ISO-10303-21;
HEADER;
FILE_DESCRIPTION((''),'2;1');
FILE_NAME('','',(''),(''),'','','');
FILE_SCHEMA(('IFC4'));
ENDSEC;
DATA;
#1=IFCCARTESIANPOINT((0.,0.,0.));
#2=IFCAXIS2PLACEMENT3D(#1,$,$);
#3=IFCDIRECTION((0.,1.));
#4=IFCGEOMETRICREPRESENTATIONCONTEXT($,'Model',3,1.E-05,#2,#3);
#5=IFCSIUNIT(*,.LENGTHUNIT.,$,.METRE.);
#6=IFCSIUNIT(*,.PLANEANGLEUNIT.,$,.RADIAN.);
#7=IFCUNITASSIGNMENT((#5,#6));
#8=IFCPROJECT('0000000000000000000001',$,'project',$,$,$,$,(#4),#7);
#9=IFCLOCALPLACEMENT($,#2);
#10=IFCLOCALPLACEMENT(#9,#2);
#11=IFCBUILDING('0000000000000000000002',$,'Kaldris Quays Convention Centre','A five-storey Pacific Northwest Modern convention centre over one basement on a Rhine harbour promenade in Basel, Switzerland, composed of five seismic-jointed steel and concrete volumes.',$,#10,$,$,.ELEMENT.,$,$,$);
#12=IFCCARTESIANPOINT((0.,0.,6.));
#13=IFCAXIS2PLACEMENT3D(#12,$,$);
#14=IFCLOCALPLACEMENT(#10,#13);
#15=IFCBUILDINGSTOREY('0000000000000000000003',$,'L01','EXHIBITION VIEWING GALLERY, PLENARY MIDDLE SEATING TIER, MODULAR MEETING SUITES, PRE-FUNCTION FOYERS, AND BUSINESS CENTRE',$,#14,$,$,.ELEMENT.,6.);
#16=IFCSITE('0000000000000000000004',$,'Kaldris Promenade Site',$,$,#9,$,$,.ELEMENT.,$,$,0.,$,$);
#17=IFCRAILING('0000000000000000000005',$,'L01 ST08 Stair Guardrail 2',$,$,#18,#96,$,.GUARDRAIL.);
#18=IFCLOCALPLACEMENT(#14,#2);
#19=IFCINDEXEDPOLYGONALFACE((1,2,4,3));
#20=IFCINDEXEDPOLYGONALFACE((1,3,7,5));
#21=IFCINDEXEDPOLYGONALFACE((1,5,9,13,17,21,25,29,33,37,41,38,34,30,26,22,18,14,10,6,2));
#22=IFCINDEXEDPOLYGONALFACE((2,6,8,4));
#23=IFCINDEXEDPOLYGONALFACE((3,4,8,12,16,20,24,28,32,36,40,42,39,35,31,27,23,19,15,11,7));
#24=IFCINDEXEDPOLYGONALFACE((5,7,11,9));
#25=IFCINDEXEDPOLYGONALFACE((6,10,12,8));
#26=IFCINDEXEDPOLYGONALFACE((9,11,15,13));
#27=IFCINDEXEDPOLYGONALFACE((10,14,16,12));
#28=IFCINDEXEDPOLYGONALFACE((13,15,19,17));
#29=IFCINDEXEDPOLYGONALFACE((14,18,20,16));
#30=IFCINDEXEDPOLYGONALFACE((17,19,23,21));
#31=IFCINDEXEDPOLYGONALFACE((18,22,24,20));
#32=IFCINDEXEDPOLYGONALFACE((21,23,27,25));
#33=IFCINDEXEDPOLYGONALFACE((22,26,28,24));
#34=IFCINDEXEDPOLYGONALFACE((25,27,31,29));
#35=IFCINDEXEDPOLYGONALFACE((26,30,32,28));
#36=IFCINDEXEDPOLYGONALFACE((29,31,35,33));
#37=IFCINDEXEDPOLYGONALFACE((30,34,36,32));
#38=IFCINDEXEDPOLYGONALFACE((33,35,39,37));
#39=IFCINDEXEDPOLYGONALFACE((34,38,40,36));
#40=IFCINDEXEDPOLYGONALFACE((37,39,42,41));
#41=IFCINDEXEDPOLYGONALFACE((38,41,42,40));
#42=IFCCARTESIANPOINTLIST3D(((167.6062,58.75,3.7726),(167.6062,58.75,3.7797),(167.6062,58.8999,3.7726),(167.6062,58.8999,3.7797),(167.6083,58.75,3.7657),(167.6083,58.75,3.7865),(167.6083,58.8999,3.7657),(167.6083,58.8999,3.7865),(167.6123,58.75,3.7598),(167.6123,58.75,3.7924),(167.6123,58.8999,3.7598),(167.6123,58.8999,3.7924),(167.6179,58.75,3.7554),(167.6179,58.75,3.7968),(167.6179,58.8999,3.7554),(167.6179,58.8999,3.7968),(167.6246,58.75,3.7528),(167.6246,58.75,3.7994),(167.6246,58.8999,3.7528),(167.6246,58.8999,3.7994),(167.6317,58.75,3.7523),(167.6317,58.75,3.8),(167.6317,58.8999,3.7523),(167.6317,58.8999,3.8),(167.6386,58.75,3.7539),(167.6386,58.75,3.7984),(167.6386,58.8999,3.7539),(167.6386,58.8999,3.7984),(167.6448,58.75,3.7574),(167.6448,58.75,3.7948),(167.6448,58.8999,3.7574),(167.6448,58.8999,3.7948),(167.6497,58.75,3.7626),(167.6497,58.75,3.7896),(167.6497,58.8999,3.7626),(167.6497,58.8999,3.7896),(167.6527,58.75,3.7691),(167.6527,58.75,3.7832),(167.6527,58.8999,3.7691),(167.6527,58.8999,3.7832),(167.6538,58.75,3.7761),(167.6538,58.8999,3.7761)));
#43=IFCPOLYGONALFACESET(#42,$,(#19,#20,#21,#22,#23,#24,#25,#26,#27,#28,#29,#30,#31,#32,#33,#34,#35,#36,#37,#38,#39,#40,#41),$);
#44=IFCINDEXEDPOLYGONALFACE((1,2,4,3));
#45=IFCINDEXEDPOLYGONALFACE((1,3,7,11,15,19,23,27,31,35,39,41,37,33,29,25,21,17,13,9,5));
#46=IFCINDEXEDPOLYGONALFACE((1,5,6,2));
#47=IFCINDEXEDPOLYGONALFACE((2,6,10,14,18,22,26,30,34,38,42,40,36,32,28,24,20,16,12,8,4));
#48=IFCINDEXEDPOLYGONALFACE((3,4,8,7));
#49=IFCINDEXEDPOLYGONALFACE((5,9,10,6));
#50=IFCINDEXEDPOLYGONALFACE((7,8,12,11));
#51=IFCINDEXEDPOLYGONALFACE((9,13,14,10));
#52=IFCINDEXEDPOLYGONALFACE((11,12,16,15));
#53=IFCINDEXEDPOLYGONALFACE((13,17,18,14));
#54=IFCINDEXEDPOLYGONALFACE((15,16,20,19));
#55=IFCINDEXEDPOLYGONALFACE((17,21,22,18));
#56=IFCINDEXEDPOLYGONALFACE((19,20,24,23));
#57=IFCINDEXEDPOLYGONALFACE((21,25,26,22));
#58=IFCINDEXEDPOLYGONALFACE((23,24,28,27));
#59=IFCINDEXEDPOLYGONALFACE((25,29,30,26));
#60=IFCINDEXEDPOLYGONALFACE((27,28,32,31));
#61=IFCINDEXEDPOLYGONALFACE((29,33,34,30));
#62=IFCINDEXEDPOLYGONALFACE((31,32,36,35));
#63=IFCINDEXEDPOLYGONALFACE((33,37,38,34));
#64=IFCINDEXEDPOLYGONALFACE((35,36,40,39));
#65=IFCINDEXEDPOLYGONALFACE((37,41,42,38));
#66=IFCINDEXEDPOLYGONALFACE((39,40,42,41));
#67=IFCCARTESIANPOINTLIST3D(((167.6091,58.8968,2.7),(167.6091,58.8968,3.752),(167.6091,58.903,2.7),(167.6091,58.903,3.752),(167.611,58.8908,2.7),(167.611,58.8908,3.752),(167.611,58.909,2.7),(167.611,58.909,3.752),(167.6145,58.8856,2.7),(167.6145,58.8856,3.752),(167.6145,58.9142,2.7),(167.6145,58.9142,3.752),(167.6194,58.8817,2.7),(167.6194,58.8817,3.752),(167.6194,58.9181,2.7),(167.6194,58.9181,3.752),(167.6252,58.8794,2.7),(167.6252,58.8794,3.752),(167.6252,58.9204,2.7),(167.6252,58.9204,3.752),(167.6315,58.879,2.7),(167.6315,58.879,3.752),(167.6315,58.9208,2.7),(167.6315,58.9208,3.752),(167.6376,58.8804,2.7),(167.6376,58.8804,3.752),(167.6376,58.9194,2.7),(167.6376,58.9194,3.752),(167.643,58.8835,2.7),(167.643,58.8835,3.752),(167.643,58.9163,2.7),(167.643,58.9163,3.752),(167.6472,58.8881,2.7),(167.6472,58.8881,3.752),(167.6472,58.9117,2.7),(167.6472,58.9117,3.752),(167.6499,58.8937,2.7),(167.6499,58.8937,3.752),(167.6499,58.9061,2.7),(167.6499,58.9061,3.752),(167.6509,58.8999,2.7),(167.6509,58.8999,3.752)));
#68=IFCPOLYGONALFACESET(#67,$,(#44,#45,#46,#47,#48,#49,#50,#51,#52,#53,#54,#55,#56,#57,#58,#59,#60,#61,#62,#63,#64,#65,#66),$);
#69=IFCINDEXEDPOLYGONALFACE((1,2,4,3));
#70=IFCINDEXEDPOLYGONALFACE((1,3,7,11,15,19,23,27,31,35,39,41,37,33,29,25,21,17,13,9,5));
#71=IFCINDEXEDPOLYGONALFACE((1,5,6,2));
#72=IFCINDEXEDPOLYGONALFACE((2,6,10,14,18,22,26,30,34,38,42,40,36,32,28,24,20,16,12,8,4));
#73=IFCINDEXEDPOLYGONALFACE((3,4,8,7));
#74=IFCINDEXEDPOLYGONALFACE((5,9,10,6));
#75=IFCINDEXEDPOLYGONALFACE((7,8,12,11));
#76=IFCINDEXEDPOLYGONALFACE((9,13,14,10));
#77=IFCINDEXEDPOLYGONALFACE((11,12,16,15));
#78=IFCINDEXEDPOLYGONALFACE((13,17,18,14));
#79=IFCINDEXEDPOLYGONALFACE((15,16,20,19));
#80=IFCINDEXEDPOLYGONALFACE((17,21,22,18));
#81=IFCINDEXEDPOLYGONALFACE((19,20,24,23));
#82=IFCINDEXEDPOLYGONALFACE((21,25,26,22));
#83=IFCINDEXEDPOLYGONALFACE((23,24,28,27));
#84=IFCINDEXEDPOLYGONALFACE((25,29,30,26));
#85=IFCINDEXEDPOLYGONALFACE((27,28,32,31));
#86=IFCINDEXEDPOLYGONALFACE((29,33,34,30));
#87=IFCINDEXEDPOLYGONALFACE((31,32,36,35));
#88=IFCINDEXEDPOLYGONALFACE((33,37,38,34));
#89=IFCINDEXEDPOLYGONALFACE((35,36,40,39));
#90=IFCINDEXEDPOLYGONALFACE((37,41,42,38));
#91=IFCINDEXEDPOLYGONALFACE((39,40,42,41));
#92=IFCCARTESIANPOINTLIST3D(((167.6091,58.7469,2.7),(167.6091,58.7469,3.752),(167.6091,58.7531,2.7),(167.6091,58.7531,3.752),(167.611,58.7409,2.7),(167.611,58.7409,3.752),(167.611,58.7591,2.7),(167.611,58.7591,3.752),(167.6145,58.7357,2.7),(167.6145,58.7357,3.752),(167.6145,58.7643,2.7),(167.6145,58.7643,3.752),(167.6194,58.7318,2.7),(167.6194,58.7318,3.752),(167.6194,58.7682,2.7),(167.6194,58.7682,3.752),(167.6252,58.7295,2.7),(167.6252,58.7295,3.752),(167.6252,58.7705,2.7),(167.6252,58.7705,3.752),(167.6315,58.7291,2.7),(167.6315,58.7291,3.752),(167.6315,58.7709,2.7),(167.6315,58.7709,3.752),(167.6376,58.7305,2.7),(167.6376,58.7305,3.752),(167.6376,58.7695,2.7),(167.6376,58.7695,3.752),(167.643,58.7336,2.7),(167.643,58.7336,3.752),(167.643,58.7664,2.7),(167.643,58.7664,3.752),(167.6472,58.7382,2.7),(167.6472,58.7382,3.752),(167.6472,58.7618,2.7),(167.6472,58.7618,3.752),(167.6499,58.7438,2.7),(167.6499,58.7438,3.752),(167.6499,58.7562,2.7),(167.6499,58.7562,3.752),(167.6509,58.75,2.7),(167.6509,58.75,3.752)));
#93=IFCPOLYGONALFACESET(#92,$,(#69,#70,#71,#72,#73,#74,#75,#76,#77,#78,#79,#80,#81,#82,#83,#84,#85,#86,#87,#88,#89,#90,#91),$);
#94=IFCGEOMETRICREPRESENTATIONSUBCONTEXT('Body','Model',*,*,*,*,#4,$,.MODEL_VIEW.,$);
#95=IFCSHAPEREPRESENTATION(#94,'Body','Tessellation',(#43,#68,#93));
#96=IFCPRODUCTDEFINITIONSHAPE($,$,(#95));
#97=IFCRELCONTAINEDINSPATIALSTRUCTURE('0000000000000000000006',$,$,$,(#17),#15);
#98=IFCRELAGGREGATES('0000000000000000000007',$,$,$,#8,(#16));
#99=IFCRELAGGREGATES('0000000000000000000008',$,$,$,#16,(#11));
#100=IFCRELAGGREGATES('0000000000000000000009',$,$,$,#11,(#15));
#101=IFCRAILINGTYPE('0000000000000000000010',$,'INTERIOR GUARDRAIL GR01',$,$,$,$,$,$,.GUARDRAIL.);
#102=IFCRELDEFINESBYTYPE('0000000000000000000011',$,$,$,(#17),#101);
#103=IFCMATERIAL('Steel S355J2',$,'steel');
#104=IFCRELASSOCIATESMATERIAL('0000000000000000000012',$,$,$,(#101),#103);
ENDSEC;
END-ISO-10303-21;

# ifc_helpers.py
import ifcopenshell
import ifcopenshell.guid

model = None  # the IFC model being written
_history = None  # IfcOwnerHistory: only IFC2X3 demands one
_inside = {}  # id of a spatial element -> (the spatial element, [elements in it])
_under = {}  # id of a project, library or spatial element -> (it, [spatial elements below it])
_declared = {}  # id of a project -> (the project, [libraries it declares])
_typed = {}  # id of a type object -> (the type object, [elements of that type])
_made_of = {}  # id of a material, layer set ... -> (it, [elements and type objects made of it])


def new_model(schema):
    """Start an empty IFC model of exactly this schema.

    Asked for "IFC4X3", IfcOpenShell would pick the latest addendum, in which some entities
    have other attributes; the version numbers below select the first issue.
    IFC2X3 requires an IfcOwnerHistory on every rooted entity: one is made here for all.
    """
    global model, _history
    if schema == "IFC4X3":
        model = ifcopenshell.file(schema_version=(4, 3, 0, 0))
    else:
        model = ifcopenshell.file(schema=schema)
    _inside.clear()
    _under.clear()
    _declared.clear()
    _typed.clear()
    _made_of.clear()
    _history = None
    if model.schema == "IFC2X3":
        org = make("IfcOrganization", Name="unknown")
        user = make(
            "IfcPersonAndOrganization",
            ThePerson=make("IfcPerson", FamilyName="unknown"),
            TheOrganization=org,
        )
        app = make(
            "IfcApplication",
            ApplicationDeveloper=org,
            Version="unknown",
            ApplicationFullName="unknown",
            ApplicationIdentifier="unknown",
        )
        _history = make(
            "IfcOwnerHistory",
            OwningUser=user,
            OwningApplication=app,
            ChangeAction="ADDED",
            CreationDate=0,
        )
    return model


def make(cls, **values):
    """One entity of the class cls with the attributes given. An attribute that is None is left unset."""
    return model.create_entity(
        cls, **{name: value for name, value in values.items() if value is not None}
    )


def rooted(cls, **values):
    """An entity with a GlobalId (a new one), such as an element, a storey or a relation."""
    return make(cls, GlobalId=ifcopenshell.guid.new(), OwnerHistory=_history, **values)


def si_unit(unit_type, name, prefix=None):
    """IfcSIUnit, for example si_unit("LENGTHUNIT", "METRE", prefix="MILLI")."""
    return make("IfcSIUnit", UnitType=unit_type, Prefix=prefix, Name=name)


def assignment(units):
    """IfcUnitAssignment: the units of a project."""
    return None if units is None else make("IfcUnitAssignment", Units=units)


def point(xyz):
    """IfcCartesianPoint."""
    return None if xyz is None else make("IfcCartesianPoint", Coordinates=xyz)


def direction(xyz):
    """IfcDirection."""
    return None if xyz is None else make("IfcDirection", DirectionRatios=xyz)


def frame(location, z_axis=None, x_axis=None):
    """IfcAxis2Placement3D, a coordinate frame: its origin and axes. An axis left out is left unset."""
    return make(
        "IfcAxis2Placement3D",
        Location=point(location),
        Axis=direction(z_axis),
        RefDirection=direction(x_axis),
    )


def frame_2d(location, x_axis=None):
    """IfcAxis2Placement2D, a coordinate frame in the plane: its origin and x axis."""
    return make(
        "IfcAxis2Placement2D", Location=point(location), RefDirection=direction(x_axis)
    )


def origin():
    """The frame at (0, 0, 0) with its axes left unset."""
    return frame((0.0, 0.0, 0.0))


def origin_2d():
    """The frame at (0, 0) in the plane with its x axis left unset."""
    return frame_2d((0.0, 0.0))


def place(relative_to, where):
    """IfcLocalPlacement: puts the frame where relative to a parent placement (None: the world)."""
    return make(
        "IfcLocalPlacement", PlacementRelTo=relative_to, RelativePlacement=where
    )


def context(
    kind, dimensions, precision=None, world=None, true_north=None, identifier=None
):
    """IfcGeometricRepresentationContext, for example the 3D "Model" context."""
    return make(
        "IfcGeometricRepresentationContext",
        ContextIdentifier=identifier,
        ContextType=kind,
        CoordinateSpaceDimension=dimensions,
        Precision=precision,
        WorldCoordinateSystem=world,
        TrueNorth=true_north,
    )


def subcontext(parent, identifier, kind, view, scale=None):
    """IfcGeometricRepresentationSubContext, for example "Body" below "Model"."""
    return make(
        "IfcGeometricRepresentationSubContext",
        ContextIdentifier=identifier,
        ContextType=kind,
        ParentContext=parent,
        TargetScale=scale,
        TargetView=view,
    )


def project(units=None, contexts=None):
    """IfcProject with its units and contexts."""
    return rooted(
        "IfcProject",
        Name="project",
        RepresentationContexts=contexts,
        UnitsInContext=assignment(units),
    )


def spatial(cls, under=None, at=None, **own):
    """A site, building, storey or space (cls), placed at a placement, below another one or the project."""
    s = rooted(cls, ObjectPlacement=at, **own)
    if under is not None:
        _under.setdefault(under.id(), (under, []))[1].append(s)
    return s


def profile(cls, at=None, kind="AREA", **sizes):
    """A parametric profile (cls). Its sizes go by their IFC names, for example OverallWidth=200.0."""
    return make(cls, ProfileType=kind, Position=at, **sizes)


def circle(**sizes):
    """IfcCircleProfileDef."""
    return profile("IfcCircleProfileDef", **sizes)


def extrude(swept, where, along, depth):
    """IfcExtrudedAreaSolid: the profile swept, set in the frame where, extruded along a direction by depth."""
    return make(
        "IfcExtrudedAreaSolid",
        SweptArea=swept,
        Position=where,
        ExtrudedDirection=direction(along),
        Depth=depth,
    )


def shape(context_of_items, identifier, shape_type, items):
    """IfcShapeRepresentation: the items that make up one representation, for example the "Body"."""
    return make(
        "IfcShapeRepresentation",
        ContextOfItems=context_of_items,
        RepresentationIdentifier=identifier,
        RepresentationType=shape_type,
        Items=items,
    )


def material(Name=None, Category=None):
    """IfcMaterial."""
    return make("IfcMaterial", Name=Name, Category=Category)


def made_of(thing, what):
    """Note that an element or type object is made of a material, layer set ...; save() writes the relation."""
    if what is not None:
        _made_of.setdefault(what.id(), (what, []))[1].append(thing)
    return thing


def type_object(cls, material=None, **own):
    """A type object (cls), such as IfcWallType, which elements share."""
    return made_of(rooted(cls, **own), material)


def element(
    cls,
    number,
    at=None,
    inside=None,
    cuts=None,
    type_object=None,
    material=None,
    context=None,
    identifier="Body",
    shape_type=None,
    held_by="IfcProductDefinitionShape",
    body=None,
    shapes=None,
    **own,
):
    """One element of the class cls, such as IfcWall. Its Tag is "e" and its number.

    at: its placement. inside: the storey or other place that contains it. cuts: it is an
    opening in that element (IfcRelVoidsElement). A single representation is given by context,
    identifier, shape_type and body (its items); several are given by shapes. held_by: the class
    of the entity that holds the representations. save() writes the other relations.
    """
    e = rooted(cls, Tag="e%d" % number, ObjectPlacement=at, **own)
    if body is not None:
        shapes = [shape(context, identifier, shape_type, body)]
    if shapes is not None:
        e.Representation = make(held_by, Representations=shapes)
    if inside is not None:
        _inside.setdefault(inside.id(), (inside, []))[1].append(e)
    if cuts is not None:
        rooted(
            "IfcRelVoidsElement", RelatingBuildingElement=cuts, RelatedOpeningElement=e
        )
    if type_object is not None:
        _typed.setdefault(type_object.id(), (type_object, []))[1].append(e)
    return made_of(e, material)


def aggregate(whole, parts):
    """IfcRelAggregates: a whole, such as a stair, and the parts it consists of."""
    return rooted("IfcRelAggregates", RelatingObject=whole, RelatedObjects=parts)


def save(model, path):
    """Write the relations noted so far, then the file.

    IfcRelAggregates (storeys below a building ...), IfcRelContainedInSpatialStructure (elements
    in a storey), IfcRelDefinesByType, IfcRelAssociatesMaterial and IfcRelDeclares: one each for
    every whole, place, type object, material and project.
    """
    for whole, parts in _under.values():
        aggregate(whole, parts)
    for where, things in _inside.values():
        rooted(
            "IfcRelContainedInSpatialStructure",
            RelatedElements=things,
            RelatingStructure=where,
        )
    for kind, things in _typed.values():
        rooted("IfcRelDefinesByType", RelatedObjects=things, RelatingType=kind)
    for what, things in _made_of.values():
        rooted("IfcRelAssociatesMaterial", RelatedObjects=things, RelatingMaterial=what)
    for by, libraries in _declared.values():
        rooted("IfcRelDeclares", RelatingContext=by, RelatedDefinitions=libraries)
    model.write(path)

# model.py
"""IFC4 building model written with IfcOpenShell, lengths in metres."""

from ifc_helpers import new_model, si_unit, direction, frame, origin, origin_2d, place, context, subcontext, project, spatial, circle, extrude, material, type_object, element, save


model = new_model("IFC4")

# Units and contexts
model_context = context("Model", 3, precision=1e-05, world=origin(), true_north=direction((0.0, 1.0)))
body_context = subcontext(model_context, "Body", "Model", "MODEL_VIEW")
ifc_project = project(units=[si_unit("LENGTHUNIT", "METRE"), si_unit("PLANEANGLEUNIT", "RADIAN")], contexts=[model_context])

# Site, building, storey
site_placement = place(None, origin())
site = spatial("IfcSite", under=ifc_project, at=site_placement, Name="Kaldris Promenade Site", CompositionType="ELEMENT", RefElevation=0.0)
building_placement = place(site_placement, origin())
building = spatial("IfcBuilding", under=site, at=building_placement, Name="Kaldris Quays Convention Centre", Description="A five-storey Pacific Northwest Modern convention centre over one basement on a Rhine harbour promenade in Basel, Switzerland, composed of five seismic-jointed steel and concrete volumes.", CompositionType="ELEMENT")
storey_placement = place(building_placement, frame((0.0, 0.0, 6.0)))
storey = spatial("IfcBuildingStorey", under=building, at=storey_placement, Name="L01", Description="EXHIBITION VIEWING GALLERY, PLENARY MIDDLE SEATING TIER, MODULAR MEETING SUITES, PRE-FUNCTION FOYERS, AND BUSINESS CENTRE", CompositionType="ELEMENT", Elevation=6.0)

# Shared definitions
ifc_material_1 = material(Name="Steel S355J2", Category="steel")

# Railing
railing_type_1 = type_object("IfcRailingType", Name="INTERIOR GUARDRAIL GR01", PredefinedType="GUARDRAIL", material=ifc_material_1)
railing_1_placement = place(storey_placement, frame((167.6299, 58.8999, 2.7)))
element("IfcRailing", 1, at=railing_1_placement, inside=storey, type_object=railing_type_1, Name="L01 ST08 Stair Guardrail 2", PredefinedType="GUARDRAIL", context=body_context, shape_type="SweptSolid", body=[
    extrude(circle(Radius=0.0239, at=origin_2d()), frame((0.0, 0.0, 1.0762), z_axis=(0.0, -1.0, 0.0), x_axis=(1.0, 0.0, 0.0)), (0.0, 0.0, 1.0), 0.1499),
    extrude(circle(Radius=0.021, at=origin_2d()), origin(), (0.0, 0.0, 1.0), 1.052),
    extrude(circle(Radius=0.021, at=origin_2d()), frame((0.0, -0.1499, 0.0)), (0.0, 0.0, 1.0), 1.052),
])

save(model, "model.ifc")
